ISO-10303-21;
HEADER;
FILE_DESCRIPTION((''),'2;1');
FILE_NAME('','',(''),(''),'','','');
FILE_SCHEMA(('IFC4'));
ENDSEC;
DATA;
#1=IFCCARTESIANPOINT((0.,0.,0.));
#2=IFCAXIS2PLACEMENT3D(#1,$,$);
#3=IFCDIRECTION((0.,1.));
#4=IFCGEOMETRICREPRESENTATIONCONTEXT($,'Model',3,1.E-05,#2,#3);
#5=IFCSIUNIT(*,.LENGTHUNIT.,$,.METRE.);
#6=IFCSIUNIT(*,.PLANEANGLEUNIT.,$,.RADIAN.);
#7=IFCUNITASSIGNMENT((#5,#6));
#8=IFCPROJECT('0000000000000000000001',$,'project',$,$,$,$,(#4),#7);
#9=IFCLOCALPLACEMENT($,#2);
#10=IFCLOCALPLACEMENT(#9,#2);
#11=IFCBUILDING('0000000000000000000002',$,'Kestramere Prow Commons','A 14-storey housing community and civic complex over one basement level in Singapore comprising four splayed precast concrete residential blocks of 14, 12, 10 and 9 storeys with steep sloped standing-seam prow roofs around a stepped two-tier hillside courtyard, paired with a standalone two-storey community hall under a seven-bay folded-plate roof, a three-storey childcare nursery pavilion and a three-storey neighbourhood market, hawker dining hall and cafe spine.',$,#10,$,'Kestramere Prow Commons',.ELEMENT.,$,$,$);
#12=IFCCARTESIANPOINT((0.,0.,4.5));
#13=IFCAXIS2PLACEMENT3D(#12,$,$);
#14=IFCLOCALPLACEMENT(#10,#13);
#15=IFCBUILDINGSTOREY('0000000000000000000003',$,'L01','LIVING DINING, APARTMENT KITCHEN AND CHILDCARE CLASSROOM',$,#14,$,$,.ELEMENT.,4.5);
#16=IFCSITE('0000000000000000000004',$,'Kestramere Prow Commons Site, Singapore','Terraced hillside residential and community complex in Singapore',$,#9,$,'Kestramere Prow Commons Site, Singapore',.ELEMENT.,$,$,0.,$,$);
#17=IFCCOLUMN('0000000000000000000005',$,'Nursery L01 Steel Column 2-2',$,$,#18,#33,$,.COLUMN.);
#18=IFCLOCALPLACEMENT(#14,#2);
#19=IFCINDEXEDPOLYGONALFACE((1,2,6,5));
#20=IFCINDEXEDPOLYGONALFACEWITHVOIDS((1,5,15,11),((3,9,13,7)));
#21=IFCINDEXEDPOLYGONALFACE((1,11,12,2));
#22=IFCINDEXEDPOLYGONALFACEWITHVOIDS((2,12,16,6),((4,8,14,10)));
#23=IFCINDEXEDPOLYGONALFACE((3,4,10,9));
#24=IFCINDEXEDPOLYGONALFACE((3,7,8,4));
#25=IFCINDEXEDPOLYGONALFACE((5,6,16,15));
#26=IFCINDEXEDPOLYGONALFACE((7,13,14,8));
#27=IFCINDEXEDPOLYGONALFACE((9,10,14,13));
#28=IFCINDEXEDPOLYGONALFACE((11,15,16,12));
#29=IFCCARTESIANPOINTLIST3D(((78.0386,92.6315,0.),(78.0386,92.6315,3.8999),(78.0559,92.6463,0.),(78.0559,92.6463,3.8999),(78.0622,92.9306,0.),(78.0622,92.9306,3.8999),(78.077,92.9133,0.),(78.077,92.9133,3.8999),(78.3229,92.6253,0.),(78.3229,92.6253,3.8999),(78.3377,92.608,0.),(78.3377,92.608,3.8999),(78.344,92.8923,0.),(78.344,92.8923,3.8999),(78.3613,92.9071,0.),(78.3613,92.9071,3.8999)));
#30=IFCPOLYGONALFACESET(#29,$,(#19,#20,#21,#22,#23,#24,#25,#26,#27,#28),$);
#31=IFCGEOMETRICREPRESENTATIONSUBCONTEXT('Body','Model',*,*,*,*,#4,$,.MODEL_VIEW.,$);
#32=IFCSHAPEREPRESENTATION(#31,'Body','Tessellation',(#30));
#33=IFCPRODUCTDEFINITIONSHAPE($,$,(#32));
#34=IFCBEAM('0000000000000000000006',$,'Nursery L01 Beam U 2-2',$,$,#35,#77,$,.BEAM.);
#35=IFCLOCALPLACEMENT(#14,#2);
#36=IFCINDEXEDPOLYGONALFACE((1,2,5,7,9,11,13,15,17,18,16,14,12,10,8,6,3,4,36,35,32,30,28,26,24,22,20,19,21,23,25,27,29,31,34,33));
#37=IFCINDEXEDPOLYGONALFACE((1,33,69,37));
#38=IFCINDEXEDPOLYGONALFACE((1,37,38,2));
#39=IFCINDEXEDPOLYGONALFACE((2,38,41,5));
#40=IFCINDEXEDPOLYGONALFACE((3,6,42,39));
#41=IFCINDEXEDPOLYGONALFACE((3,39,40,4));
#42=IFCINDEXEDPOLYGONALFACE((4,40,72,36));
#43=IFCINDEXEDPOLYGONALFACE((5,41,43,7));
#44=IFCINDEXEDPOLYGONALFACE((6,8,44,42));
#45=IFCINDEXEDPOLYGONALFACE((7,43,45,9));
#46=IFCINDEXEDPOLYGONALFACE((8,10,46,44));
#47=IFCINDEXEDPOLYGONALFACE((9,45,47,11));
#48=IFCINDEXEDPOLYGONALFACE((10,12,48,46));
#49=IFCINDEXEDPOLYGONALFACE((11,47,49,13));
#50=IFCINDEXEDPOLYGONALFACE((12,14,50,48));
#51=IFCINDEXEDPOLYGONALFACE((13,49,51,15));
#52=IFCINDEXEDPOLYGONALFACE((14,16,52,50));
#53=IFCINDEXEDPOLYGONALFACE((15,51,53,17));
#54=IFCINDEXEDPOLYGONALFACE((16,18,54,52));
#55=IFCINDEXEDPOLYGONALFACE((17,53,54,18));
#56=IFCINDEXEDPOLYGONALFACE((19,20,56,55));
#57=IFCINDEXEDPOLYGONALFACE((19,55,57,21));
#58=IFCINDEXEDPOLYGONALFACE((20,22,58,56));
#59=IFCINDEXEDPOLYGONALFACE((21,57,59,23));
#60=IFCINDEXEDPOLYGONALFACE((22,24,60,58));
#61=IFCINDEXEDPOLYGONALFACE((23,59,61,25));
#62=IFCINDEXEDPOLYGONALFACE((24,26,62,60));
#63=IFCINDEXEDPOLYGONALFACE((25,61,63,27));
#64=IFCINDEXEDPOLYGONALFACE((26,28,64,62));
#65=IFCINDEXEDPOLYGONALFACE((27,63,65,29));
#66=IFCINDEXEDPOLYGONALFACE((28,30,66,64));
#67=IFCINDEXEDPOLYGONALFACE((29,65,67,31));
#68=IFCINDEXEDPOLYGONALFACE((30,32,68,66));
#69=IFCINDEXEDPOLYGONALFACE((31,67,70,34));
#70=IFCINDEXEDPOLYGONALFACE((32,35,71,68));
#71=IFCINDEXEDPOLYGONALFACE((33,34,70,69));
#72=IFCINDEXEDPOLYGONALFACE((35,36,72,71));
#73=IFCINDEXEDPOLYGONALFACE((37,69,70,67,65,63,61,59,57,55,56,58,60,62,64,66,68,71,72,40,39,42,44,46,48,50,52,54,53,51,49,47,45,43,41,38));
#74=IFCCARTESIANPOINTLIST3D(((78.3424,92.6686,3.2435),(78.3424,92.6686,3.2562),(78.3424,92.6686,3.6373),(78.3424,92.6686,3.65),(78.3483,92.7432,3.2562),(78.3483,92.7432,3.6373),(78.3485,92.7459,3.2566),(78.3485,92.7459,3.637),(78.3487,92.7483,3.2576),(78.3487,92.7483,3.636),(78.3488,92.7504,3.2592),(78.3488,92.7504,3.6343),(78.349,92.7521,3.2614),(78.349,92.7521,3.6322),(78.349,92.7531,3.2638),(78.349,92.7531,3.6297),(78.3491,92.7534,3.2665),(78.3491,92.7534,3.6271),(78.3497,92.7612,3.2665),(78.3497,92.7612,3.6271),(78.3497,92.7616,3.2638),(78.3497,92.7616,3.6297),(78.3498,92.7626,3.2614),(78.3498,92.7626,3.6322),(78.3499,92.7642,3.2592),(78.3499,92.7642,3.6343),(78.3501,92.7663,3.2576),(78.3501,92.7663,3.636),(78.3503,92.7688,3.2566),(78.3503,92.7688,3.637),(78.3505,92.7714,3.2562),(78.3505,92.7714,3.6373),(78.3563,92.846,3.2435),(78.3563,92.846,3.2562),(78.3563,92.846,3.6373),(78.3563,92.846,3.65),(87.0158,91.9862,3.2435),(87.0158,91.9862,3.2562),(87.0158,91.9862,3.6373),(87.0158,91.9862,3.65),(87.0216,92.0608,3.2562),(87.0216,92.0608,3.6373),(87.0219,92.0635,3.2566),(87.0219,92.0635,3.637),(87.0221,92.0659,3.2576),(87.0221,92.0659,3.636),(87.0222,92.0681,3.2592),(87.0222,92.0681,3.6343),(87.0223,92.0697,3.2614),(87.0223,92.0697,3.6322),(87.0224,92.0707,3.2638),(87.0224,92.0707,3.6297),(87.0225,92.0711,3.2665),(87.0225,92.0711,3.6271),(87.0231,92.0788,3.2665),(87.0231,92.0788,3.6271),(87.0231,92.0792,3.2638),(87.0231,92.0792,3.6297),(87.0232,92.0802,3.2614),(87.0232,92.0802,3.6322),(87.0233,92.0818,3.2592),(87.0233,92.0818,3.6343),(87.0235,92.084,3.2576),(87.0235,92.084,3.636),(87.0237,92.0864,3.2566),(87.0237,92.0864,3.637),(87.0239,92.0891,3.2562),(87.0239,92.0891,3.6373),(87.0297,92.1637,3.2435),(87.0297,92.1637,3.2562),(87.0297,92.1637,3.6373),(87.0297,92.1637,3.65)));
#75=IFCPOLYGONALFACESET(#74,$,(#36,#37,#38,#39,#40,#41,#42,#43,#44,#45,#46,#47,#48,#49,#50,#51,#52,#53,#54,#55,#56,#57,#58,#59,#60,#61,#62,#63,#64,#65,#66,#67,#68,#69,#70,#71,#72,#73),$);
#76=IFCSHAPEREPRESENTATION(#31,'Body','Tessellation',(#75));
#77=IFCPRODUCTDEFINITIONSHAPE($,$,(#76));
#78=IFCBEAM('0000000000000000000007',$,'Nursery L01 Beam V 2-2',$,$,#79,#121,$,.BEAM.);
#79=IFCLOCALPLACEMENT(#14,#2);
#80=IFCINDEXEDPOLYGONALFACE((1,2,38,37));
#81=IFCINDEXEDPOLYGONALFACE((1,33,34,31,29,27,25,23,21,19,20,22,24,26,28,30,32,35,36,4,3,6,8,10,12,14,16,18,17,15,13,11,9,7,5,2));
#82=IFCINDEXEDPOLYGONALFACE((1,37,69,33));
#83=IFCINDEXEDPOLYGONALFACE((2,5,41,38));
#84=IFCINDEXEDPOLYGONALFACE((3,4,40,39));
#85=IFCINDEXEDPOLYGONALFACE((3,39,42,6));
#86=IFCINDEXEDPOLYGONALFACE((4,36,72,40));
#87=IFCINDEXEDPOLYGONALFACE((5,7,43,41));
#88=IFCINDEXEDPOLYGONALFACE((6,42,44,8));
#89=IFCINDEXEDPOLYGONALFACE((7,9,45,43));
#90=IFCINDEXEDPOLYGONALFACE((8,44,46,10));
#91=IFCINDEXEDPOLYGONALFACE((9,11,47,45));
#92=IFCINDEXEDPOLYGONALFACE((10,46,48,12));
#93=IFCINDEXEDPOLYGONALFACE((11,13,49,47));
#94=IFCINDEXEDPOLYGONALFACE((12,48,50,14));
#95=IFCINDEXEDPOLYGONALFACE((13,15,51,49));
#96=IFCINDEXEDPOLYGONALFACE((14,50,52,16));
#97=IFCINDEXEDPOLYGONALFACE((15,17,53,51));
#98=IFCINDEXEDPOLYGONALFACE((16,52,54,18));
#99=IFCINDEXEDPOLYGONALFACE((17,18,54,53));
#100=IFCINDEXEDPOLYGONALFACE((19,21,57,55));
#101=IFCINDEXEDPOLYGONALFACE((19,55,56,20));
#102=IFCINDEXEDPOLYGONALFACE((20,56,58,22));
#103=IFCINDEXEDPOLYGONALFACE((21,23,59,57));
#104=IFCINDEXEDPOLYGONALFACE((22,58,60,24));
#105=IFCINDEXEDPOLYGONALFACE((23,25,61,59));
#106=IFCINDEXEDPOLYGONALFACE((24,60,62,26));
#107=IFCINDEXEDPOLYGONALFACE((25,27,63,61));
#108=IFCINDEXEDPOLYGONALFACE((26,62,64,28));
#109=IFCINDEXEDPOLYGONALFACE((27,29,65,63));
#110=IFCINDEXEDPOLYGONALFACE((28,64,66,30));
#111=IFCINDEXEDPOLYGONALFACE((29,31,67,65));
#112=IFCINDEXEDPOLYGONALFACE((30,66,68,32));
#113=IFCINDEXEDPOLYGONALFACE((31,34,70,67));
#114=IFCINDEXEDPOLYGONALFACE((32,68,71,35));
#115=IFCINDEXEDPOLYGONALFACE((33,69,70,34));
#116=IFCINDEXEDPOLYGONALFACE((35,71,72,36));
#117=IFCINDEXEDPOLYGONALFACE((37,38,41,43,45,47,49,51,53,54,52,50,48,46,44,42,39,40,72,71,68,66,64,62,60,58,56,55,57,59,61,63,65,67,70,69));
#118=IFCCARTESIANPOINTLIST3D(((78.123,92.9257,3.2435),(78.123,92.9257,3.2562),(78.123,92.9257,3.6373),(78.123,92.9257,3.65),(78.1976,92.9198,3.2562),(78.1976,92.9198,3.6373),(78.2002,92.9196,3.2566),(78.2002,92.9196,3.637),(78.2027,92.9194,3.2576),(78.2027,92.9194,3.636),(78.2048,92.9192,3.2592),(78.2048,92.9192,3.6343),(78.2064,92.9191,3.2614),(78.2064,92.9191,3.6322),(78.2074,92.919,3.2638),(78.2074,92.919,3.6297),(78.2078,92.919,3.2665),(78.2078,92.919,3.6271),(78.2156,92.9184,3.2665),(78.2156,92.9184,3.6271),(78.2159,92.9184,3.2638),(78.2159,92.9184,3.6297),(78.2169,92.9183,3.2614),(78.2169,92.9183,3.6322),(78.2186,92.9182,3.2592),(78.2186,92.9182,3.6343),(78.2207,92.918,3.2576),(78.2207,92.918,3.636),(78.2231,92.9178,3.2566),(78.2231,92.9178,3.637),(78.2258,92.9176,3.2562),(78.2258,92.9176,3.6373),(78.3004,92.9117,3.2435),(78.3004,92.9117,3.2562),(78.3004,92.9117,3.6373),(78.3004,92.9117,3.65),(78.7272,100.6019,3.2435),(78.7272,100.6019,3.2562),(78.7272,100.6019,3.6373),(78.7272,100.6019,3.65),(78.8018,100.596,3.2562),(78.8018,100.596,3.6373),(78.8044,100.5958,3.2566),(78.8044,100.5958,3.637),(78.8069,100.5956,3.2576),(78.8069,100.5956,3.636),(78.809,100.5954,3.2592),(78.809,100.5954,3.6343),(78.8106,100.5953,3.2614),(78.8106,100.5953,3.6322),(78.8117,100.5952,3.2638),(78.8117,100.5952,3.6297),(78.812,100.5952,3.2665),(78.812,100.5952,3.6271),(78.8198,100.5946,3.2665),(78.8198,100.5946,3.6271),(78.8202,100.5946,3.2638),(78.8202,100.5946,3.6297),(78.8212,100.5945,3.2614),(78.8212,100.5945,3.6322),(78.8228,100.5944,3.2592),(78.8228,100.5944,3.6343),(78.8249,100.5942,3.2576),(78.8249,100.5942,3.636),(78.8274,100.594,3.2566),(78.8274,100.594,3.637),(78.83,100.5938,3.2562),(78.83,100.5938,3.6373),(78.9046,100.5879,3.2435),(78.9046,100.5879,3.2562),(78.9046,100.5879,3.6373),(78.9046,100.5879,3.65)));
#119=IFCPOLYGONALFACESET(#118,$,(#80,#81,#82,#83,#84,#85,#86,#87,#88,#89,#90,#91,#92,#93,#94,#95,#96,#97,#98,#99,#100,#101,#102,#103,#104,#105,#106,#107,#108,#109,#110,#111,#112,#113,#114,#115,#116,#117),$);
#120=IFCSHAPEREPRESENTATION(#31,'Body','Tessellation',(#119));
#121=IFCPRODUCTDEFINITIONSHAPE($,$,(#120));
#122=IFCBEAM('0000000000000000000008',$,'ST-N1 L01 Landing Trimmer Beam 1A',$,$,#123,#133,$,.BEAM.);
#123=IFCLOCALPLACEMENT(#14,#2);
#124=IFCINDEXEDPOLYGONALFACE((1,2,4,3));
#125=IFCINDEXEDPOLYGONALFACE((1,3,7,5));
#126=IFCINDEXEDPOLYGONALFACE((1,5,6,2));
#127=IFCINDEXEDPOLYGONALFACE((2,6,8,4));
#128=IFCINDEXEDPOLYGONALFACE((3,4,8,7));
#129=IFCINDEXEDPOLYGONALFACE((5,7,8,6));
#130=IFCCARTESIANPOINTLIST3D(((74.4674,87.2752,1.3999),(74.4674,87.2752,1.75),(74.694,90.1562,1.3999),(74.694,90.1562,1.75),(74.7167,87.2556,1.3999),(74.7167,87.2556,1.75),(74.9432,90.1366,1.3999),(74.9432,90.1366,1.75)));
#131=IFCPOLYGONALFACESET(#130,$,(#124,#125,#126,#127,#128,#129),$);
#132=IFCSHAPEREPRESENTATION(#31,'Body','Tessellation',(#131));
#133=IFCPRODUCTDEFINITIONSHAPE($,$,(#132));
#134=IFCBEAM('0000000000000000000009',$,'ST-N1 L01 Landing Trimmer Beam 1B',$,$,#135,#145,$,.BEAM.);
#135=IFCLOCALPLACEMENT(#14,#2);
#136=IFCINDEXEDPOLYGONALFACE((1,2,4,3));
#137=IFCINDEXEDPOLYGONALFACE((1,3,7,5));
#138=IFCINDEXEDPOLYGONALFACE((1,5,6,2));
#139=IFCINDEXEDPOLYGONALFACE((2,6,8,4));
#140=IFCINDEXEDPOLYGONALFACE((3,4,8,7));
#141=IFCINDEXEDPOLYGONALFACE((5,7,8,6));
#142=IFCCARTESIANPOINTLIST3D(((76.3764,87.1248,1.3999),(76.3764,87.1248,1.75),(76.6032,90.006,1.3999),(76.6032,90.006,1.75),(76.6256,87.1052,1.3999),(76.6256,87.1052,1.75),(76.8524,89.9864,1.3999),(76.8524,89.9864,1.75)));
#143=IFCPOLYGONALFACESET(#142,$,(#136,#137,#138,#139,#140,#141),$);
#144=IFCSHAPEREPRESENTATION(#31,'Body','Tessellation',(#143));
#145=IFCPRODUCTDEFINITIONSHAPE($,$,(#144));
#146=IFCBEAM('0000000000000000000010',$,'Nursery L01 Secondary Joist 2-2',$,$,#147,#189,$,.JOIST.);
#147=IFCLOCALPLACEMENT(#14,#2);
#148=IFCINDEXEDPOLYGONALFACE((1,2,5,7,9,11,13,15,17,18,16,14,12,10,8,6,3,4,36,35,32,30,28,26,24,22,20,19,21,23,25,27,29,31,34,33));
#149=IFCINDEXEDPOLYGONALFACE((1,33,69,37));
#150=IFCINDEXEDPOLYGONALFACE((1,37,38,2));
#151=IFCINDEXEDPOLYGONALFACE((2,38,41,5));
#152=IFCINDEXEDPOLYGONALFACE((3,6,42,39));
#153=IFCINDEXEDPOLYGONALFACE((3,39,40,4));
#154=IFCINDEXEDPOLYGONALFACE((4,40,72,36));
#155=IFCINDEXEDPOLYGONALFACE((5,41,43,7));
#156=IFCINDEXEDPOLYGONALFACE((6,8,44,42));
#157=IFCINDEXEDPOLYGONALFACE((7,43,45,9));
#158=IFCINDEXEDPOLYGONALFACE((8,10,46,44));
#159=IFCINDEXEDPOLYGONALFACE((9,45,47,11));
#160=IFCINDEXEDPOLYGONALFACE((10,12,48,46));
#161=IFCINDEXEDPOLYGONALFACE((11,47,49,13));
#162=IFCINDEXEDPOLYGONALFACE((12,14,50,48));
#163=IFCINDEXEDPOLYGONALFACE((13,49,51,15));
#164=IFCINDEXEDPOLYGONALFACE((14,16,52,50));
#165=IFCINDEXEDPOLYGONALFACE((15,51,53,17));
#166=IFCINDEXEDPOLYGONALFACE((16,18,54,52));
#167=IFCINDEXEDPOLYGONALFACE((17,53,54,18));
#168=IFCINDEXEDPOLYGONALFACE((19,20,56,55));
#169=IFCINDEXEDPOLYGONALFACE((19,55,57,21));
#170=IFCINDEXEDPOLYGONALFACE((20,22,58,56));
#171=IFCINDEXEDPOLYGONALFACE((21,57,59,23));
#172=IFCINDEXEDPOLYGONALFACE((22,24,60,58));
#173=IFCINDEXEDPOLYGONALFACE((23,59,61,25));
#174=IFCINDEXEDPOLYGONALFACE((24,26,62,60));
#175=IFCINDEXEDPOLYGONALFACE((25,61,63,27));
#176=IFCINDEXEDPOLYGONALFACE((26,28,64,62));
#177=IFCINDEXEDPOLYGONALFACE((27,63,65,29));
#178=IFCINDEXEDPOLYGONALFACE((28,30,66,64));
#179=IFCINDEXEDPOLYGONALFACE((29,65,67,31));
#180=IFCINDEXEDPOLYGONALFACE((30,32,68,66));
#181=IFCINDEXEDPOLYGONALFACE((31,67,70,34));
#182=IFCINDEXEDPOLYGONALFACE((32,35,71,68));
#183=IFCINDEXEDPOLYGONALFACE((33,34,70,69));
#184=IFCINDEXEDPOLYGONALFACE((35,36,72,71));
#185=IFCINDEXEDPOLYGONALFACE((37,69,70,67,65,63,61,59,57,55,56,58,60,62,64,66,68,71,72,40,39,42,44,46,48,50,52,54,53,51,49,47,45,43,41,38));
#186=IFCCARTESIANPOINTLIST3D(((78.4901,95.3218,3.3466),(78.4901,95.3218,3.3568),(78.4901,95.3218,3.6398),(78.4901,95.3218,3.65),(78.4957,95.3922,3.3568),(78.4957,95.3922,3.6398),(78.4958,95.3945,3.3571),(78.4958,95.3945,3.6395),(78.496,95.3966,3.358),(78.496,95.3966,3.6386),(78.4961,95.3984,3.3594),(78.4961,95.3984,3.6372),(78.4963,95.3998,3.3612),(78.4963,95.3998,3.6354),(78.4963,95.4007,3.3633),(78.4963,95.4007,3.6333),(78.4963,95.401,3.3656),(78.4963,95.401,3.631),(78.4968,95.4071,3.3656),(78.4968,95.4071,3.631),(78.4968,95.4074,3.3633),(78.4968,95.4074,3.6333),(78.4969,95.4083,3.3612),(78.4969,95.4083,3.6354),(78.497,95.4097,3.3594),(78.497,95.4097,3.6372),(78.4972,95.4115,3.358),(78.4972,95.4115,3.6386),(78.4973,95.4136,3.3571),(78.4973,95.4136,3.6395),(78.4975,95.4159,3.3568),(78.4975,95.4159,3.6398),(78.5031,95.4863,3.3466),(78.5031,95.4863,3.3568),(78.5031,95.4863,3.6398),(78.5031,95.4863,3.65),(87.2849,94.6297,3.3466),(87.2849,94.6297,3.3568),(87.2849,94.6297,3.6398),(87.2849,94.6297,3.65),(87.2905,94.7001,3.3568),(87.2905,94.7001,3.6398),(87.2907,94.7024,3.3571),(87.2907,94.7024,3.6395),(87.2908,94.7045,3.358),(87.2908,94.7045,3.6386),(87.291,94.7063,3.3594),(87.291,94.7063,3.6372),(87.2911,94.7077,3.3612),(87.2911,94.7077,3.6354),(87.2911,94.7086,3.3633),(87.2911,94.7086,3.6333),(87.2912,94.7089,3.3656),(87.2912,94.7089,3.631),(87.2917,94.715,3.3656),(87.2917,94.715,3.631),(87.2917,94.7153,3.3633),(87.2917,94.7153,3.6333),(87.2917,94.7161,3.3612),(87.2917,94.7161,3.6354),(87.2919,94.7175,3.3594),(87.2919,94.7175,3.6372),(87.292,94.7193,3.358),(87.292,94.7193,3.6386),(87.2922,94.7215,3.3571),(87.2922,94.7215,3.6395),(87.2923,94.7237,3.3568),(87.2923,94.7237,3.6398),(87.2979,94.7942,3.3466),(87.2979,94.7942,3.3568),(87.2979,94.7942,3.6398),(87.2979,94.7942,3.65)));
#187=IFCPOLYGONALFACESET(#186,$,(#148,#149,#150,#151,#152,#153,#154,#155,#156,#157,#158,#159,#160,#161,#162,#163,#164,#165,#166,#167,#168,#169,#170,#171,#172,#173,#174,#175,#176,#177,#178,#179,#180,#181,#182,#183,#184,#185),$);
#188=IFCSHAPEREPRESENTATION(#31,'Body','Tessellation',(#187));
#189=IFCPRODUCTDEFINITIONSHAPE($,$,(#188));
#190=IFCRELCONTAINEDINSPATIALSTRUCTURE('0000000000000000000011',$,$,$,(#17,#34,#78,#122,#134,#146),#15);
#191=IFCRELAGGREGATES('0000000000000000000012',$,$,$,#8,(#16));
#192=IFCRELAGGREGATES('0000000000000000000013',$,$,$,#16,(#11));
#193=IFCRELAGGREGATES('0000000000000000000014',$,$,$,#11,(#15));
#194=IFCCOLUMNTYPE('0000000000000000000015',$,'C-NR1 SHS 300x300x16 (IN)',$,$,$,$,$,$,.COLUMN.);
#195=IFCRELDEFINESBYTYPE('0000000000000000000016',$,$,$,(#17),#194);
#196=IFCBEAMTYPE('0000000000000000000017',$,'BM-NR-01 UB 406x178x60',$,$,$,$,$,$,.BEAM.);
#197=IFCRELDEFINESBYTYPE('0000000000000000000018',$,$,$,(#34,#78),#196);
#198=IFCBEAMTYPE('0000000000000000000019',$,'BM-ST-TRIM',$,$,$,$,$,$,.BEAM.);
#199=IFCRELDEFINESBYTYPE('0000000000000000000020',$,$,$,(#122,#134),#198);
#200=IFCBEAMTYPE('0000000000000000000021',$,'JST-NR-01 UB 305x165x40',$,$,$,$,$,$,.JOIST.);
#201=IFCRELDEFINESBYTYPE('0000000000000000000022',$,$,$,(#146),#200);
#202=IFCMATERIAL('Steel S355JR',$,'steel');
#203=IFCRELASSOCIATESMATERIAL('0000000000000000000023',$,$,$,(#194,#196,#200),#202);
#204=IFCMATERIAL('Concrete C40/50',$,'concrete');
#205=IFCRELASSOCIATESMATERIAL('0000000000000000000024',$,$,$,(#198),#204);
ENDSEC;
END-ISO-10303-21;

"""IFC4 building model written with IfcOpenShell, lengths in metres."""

from ifc_helpers import new_model, si_unit, direction, frame, origin, origin_2d, place, context, subcontext, project, spatial, rectangle, hollow_rectangle, i_section, extrude, material, material_profile, profile_set, type_object, element, save


model = new_model("IFC4")

# Units and contexts
model_context = context("Model", 3, precision=1e-05, world=origin(), true_north=direction((0.0, 1.0)))
body_context = subcontext(model_context, "Body", "Model", "MODEL_VIEW")
ifc_project = project(units=[si_unit("LENGTHUNIT", "METRE"), si_unit("PLANEANGLEUNIT", "RADIAN")], contexts=[model_context])

# Site, building, storey
site_placement = place(None, origin())
site = spatial("IfcSite", under=ifc_project, at=site_placement, Name="Kestramere Prow Commons Site, Singapore", Description="Terraced hillside residential and community complex in Singapore", LongName="Kestramere Prow Commons Site, Singapore", CompositionType="ELEMENT", RefElevation=0.0)
building_placement = place(site_placement, origin())
building = spatial("IfcBuilding", under=site, at=building_placement, Name="Kestramere Prow Commons", Description="A 14-storey housing community and civic complex over one basement level in Singapore comprising four splayed precast concrete residential blocks of 14, 12, 10 and 9 storeys with steep sloped standing-seam prow roofs around a stepped two-tier hillside courtyard, paired with a standalone two-storey community hall under a seven-bay folded-plate roof, a three-storey childcare nursery pavilion and a three-storey neighbourhood market, hawker dining hall and cafe spine.", LongName="Kestramere Prow Commons", CompositionType="ELEMENT")
storey_placement = place(building_placement, frame((0.0, 0.0, 4.5)))
storey = spatial("IfcBuildingStorey", under=building, at=storey_placement, Name="L01", Description="LIVING DINING, APARTMENT KITCHEN AND CHILDCARE CLASSROOM", CompositionType="ELEMENT", Elevation=4.5)

# Column
ifc_material_1 = material(Name="Steel S355JR", Category="steel")
ifc_material_profile_1 = material_profile(ifc_material_1, hollow_rectangle(XDim=0.3, YDim=0.3, WallThickness=0.0161, at=origin_2d()), Name="SHS 300x300x16")
ifc_profile_set_1 = profile_set([ifc_material_profile_1], Name="Steel S355JR")
column_type = type_object("IfcColumnType", Name="C-NR1 SHS 300x300x16 (IN)", PredefinedType="COLUMN", material=ifc_profile_set_1)
column_placement = place(storey_placement, frame((78.2, 92.7693, 0.0), z_axis=(0.0, 0.0, 1.0), x_axis=(0.996917, -0.078459, 0.0)))
element("IfcColumn", 1, at=column_placement, inside=storey, type_object=column_type, Name="Nursery L01 Steel Column 2-2", PredefinedType="COLUMN", context=body_context, shape_type="SweptSolid", body=[
    extrude(hollow_rectangle(XDim=0.3, YDim=0.3, WallThickness=0.0161, at=origin_2d()), origin(), (0.0, 0.0, 1.0), 3.8999),
])

# Beams
ifc_material_profile_2 = material_profile(ifc_material_1, i_section(OverallWidth=0.178, OverallDepth=0.4065, WebThickness=0.0078, FlangeThickness=0.0127, FilletRadius=0.0103, at=origin_2d()), Name="UB 406x178x60")
ifc_profile_set_2 = profile_set([ifc_material_profile_2], Name="Steel S355JR")
beam_type_1 = type_object("IfcBeamType", Name="BM-NR-01 UB 406x178x60", PredefinedType="BEAM", material=ifc_profile_set_2)
beam_1_placement = place(storey_placement, frame((78.3494, 92.7573, 3.4468), z_axis=(0.996919, -0.078432, 0.0), x_axis=(0.078432, 0.996919, 0.0)))
element("IfcBeam", 2, at=beam_1_placement, inside=storey, type_object=beam_type_1, Name="Nursery L01 Beam U 2-2", PredefinedType="BEAM", context=body_context, shape_type="SweptSolid", body=[
    extrude(i_section(OverallWidth=0.178, OverallDepth=0.4065, WebThickness=0.0078, FlangeThickness=0.0127, FilletRadius=0.0103, at=origin_2d()), origin(), (0.0, 0.0, 1.0), 8.7002),
])
beam_2_placement = place(storey_placement, frame((78.2117, 92.9187, 3.4468), z_axis=(0.078474, 0.996916, 0.0), x_axis=(-0.996916, 0.078474, 0.0)))
element("IfcBeam", 3, at=beam_2_placement, inside=storey, type_object=beam_type_1, Name="Nursery L01 Beam V 2-2", PredefinedType="BEAM", context=body_context, shape_type="SweptSolid", body=[
    extrude(i_section(OverallWidth=0.178, OverallDepth=0.4065, WebThickness=0.0078, FlangeThickness=0.0127, FilletRadius=0.0103, at=origin_2d()), origin(), (0.0, 0.0, 1.0), 7.7),
])
ifc_material_2 = material(Name="Concrete C40/50", Category="concrete")
ifc_material_profile_3 = material_profile(ifc_material_2, rectangle(XDim=0.25, YDim=0.3501, at=origin_2d()), Name="PC-BM 250x350")
ifc_profile_set_3 = profile_set([ifc_material_profile_3], Name="Concrete C40/50")
beam_type_2 = type_object("IfcBeamType", Name="BM-ST-TRIM", PredefinedType="BEAM", material=ifc_profile_set_3)
beam_3_placement = place(storey_placement, frame((74.592, 87.2654, 1.575), z_axis=(0.078395, 0.996922, 0.0), x_axis=(-0.996922, 0.078395, 0.0)))
element("IfcBeam", 4, at=beam_3_placement, inside=storey, type_object=beam_type_2, Name="ST-N1 L01 Landing Trimmer Beam 1A", PredefinedType="BEAM", context=body_context, shape_type="SweptSolid", body=[
    extrude(rectangle(XDim=0.25, YDim=0.3501, at=origin_2d()), origin(), (0.0, 0.0, 1.0), 2.8899),
])
beam_4_placement = place(storey_placement, frame((76.501, 87.115, 1.575), z_axis=(0.078479, 0.996916, 0.0), x_axis=(-0.996916, 0.078479, 0.0)))
element("IfcBeam", 5, at=beam_4_placement, inside=storey, type_object=beam_type_2, Name="ST-N1 L01 Landing Trimmer Beam 1B", PredefinedType="BEAM", context=body_context, shape_type="SweptSolid", body=[
    extrude(rectangle(XDim=0.25, YDim=0.3501, at=origin_2d()), origin(), (0.0, 0.0, 1.0), 2.8901),
])
ifc_material_profile_4 = material_profile(ifc_material_1, i_section(OverallWidth=0.165, OverallDepth=0.3035, WebThickness=0.0061, FlangeThickness=0.0103, FilletRadius=0.0088, at=origin_2d()), Name="UB 305x165x40")
ifc_profile_set_4 = profile_set([ifc_material_profile_4], Name="Steel S355JR")
beam_type_3 = type_object("IfcBeamType", Name="JST-NR-01 UB 305x165x40", PredefinedType="JOIST", material=ifc_profile_set_4)
for number, where, z_axis, x_axis, name in (
    (6, (78.4966, 95.4041, 3.4983), (0.996918, -0.078455, 0.0), (0.078455, 0.996918, 0.0), "Nursery L01 Secondary Joist 2-2"),
):
    element("IfcBeam", number, at=place(storey_placement, frame(where, z_axis=z_axis, x_axis=x_axis)), inside=storey, type_object=beam_type_3, Name=name, PredefinedType="JOIST", context=body_context, shape_type="SweptSolid", body=[
        extrude(i_section(OverallWidth=0.165, OverallDepth=0.3035, WebThickness=0.0061, FlangeThickness=0.0103, FilletRadius=0.0088, at=origin_2d()), origin(), (0.0, 0.0, 1.0), 8.822),
    ])

save(model, "model.ifc")
